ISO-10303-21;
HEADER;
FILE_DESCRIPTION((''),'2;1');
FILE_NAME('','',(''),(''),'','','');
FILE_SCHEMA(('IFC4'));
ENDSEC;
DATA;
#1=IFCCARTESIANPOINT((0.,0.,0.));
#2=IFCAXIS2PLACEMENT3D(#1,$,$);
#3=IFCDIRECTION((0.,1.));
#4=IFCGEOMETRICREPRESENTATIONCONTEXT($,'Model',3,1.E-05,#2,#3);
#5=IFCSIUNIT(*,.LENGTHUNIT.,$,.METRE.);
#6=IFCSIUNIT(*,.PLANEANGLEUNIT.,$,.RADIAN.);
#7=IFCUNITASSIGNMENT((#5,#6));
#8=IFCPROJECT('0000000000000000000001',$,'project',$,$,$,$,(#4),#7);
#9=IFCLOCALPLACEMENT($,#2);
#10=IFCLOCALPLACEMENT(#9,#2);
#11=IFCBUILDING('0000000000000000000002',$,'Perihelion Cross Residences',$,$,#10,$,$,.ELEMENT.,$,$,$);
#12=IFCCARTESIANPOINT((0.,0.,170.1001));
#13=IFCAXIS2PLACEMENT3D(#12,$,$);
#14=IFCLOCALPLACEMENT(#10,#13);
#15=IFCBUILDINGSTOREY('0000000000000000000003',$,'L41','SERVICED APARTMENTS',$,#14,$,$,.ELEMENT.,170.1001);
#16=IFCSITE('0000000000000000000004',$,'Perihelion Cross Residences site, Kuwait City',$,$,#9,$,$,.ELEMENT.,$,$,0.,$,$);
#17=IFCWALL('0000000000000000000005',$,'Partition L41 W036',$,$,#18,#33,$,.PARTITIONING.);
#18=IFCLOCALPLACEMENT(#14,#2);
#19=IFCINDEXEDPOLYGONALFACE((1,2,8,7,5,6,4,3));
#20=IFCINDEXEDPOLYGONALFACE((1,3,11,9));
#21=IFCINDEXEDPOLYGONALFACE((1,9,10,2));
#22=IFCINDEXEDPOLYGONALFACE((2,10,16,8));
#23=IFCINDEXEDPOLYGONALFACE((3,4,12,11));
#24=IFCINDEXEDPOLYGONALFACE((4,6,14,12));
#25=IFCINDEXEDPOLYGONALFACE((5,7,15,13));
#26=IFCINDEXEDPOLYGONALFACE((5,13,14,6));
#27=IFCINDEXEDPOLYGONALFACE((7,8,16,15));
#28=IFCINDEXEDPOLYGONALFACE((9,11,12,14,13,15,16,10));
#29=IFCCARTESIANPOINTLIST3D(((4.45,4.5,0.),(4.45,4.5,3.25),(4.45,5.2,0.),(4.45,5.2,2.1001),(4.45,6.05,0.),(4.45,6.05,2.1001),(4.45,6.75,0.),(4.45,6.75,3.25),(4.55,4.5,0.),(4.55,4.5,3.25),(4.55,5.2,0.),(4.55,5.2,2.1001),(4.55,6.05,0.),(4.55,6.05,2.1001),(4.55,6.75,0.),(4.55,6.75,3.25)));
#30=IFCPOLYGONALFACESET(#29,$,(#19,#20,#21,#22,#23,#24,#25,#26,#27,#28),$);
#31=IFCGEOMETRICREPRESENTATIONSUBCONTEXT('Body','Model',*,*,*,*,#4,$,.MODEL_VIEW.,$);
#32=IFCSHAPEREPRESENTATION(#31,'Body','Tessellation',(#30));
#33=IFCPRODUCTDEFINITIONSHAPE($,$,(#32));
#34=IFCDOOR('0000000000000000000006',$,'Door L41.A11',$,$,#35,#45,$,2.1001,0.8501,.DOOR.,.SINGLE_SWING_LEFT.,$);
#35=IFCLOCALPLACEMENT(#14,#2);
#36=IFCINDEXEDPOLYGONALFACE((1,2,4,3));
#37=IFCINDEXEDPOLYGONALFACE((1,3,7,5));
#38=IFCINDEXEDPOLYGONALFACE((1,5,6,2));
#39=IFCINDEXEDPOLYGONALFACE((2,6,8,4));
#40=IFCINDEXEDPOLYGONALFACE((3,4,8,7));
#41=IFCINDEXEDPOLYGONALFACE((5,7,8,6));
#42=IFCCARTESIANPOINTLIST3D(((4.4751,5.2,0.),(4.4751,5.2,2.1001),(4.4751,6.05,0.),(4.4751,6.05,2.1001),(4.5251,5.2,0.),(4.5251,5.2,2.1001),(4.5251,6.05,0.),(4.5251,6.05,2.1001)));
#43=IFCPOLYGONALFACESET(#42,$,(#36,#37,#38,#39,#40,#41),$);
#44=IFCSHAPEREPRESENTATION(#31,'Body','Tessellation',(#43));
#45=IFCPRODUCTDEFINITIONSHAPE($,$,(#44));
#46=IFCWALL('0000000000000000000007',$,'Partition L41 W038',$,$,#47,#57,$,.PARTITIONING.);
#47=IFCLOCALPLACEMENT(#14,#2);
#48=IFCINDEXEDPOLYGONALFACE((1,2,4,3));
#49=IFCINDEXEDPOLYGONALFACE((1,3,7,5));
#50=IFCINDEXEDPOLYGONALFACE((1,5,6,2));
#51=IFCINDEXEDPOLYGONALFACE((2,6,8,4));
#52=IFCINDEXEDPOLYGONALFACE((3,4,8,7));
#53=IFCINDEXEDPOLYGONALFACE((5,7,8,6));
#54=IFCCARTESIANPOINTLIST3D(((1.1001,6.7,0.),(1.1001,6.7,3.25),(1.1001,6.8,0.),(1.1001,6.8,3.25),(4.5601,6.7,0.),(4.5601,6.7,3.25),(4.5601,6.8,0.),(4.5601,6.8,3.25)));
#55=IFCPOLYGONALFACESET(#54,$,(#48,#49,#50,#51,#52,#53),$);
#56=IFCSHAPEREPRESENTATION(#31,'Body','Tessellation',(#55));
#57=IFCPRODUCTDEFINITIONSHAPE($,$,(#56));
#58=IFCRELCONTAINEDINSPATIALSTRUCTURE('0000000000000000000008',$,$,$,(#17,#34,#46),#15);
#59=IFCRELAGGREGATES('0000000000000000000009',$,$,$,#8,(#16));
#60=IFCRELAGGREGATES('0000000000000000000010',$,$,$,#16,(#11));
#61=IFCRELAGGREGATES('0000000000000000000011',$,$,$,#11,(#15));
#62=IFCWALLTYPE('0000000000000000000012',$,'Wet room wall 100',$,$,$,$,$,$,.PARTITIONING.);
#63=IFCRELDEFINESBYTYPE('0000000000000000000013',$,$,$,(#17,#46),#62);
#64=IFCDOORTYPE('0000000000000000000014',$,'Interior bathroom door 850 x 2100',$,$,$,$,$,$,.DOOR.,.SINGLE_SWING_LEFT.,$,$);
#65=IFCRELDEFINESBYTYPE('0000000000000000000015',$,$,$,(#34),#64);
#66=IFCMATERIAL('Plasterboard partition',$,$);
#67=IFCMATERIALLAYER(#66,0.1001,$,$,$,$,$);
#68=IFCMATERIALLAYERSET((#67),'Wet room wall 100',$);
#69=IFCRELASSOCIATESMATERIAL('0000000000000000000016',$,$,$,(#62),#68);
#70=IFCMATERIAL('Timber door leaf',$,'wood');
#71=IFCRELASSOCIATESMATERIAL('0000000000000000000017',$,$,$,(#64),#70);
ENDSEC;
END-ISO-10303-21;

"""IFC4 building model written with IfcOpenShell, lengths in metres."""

from ifc_helpers import new_model, si_unit, direction, frame, frame_2d, origin, place, context, subcontext, project, spatial, rectangle, extrude, material, layer, layer_set, type_object, element, fill, save


model = new_model("IFC4")

# Units and contexts
model_context = context("Model", 3, precision=1e-05, world=origin(), true_north=direction((0.0, 1.0)))
body_context = subcontext(model_context, "Body", "Model", "MODEL_VIEW")
ifc_project = project(units=[si_unit("LENGTHUNIT", "METRE"), si_unit("PLANEANGLEUNIT", "RADIAN")], contexts=[model_context])

# Site, building, storey
site_placement = place(None, origin())
site = spatial("IfcSite", under=ifc_project, at=site_placement, Name="Perihelion Cross Residences site, Kuwait City", CompositionType="ELEMENT", RefElevation=0.0)
building_placement = place(site_placement, origin())
building = spatial("IfcBuilding", under=site, at=building_placement, Name="Perihelion Cross Residences", CompositionType="ELEMENT")
storey_placement = place(building_placement, frame((0.0, 0.0, 170.1001)))
storey = spatial("IfcBuildingStorey", under=building, at=storey_placement, Name="L41", Description="SERVICED APARTMENTS", CompositionType="ELEMENT", Elevation=170.1001)

# Wall, opening, door
ifc_material_1 = material(Name="Plasterboard partition")
ifc_layer_1 = layer(ifc_material_1, 0.1001)
ifc_layer_set_1 = layer_set([ifc_layer_1], Name="Wet room wall 100")
wall_type_1 = type_object("IfcWallType", Name="Wet room wall 100", PredefinedType="PARTITIONING", material=ifc_layer_set_1)
wall_1_placement = place(storey_placement, frame((4.5, 4.5, 0.0), z_axis=(0.0, 0.0, 1.0), x_axis=(0.0, 1.0, 0.0)))
wall_1 = element("IfcWall", 1, at=wall_1_placement, inside=storey, type_object=wall_type_1, Name="Partition L41 W036", PredefinedType="PARTITIONING", context=body_context, shape_type="SweptSolid", body=[
    extrude(rectangle(XDim=2.25, YDim=0.1001, at=frame_2d((1.125, 0.0))), origin(), (0.0, 0.0, 1.0), 3.25),
])
opening_1_placement = place(wall_1_placement, frame((0.7, 0.0, 0.0)))
opening_1 = element("IfcOpeningElement", 2, at=opening_1_placement, cuts=wall_1, PredefinedType="OPENING", context=body_context, shape_type="SweptSolid", body=[
    extrude(rectangle(XDim=0.8501, YDim=2.1001, at=frame_2d((0.425, 1.05))), frame((0.0, 0.0601, 0.0), z_axis=(0.0, -1.0, 0.0), x_axis=(1.0, 0.0, 0.0)), (0.0, 0.0, 1.0), 0.1201),
])
ifc_material_2 = material(Name="Timber door leaf", Category="wood")
door_type_1 = type_object("IfcDoorType", Name="Interior bathroom door 850 x 2100", OperationType="SINGLE_SWING_LEFT", PredefinedType="DOOR", material=ifc_material_2)
door_1_placement = place(opening_1_placement, origin())
door_1 = element("IfcDoor", 3, at=door_1_placement, inside=storey, type_object=door_type_1, Name="Door L41.A11", OperationType="SINGLE_SWING_LEFT", OverallHeight=2.1001, OverallWidth=0.8501, PredefinedType="DOOR", context=body_context, shape_type="SweptSolid", body=[
    extrude(rectangle(XDim=0.8501, YDim=2.1001, at=frame_2d((0.425, 1.05))), frame((0.0, 0.0249, 0.0), z_axis=(0.0, -1.0, 0.0), x_axis=(1.0, 0.0, 0.0)), (0.0, 0.0, 1.0), 0.05),
])
fill(opening_1, door_1)

# Wall
wall_2_placement = place(storey_placement, frame((1.1001, 6.75, 0.0), z_axis=(0.0, 0.0, 1.0), x_axis=(1.0, 0.0, 0.0)))
element("IfcWall", 4, at=wall_2_placement, inside=storey, type_object=wall_type_1, Name="Partition L41 W038", PredefinedType="PARTITIONING", context=body_context, shape_type="SweptSolid", body=[
    extrude(rectangle(XDim=3.46, YDim=0.1001, at=frame_2d((1.73, 0.0))), origin(), (0.0, 0.0, 1.0), 3.25),
])

save(model, "model.ifc")
